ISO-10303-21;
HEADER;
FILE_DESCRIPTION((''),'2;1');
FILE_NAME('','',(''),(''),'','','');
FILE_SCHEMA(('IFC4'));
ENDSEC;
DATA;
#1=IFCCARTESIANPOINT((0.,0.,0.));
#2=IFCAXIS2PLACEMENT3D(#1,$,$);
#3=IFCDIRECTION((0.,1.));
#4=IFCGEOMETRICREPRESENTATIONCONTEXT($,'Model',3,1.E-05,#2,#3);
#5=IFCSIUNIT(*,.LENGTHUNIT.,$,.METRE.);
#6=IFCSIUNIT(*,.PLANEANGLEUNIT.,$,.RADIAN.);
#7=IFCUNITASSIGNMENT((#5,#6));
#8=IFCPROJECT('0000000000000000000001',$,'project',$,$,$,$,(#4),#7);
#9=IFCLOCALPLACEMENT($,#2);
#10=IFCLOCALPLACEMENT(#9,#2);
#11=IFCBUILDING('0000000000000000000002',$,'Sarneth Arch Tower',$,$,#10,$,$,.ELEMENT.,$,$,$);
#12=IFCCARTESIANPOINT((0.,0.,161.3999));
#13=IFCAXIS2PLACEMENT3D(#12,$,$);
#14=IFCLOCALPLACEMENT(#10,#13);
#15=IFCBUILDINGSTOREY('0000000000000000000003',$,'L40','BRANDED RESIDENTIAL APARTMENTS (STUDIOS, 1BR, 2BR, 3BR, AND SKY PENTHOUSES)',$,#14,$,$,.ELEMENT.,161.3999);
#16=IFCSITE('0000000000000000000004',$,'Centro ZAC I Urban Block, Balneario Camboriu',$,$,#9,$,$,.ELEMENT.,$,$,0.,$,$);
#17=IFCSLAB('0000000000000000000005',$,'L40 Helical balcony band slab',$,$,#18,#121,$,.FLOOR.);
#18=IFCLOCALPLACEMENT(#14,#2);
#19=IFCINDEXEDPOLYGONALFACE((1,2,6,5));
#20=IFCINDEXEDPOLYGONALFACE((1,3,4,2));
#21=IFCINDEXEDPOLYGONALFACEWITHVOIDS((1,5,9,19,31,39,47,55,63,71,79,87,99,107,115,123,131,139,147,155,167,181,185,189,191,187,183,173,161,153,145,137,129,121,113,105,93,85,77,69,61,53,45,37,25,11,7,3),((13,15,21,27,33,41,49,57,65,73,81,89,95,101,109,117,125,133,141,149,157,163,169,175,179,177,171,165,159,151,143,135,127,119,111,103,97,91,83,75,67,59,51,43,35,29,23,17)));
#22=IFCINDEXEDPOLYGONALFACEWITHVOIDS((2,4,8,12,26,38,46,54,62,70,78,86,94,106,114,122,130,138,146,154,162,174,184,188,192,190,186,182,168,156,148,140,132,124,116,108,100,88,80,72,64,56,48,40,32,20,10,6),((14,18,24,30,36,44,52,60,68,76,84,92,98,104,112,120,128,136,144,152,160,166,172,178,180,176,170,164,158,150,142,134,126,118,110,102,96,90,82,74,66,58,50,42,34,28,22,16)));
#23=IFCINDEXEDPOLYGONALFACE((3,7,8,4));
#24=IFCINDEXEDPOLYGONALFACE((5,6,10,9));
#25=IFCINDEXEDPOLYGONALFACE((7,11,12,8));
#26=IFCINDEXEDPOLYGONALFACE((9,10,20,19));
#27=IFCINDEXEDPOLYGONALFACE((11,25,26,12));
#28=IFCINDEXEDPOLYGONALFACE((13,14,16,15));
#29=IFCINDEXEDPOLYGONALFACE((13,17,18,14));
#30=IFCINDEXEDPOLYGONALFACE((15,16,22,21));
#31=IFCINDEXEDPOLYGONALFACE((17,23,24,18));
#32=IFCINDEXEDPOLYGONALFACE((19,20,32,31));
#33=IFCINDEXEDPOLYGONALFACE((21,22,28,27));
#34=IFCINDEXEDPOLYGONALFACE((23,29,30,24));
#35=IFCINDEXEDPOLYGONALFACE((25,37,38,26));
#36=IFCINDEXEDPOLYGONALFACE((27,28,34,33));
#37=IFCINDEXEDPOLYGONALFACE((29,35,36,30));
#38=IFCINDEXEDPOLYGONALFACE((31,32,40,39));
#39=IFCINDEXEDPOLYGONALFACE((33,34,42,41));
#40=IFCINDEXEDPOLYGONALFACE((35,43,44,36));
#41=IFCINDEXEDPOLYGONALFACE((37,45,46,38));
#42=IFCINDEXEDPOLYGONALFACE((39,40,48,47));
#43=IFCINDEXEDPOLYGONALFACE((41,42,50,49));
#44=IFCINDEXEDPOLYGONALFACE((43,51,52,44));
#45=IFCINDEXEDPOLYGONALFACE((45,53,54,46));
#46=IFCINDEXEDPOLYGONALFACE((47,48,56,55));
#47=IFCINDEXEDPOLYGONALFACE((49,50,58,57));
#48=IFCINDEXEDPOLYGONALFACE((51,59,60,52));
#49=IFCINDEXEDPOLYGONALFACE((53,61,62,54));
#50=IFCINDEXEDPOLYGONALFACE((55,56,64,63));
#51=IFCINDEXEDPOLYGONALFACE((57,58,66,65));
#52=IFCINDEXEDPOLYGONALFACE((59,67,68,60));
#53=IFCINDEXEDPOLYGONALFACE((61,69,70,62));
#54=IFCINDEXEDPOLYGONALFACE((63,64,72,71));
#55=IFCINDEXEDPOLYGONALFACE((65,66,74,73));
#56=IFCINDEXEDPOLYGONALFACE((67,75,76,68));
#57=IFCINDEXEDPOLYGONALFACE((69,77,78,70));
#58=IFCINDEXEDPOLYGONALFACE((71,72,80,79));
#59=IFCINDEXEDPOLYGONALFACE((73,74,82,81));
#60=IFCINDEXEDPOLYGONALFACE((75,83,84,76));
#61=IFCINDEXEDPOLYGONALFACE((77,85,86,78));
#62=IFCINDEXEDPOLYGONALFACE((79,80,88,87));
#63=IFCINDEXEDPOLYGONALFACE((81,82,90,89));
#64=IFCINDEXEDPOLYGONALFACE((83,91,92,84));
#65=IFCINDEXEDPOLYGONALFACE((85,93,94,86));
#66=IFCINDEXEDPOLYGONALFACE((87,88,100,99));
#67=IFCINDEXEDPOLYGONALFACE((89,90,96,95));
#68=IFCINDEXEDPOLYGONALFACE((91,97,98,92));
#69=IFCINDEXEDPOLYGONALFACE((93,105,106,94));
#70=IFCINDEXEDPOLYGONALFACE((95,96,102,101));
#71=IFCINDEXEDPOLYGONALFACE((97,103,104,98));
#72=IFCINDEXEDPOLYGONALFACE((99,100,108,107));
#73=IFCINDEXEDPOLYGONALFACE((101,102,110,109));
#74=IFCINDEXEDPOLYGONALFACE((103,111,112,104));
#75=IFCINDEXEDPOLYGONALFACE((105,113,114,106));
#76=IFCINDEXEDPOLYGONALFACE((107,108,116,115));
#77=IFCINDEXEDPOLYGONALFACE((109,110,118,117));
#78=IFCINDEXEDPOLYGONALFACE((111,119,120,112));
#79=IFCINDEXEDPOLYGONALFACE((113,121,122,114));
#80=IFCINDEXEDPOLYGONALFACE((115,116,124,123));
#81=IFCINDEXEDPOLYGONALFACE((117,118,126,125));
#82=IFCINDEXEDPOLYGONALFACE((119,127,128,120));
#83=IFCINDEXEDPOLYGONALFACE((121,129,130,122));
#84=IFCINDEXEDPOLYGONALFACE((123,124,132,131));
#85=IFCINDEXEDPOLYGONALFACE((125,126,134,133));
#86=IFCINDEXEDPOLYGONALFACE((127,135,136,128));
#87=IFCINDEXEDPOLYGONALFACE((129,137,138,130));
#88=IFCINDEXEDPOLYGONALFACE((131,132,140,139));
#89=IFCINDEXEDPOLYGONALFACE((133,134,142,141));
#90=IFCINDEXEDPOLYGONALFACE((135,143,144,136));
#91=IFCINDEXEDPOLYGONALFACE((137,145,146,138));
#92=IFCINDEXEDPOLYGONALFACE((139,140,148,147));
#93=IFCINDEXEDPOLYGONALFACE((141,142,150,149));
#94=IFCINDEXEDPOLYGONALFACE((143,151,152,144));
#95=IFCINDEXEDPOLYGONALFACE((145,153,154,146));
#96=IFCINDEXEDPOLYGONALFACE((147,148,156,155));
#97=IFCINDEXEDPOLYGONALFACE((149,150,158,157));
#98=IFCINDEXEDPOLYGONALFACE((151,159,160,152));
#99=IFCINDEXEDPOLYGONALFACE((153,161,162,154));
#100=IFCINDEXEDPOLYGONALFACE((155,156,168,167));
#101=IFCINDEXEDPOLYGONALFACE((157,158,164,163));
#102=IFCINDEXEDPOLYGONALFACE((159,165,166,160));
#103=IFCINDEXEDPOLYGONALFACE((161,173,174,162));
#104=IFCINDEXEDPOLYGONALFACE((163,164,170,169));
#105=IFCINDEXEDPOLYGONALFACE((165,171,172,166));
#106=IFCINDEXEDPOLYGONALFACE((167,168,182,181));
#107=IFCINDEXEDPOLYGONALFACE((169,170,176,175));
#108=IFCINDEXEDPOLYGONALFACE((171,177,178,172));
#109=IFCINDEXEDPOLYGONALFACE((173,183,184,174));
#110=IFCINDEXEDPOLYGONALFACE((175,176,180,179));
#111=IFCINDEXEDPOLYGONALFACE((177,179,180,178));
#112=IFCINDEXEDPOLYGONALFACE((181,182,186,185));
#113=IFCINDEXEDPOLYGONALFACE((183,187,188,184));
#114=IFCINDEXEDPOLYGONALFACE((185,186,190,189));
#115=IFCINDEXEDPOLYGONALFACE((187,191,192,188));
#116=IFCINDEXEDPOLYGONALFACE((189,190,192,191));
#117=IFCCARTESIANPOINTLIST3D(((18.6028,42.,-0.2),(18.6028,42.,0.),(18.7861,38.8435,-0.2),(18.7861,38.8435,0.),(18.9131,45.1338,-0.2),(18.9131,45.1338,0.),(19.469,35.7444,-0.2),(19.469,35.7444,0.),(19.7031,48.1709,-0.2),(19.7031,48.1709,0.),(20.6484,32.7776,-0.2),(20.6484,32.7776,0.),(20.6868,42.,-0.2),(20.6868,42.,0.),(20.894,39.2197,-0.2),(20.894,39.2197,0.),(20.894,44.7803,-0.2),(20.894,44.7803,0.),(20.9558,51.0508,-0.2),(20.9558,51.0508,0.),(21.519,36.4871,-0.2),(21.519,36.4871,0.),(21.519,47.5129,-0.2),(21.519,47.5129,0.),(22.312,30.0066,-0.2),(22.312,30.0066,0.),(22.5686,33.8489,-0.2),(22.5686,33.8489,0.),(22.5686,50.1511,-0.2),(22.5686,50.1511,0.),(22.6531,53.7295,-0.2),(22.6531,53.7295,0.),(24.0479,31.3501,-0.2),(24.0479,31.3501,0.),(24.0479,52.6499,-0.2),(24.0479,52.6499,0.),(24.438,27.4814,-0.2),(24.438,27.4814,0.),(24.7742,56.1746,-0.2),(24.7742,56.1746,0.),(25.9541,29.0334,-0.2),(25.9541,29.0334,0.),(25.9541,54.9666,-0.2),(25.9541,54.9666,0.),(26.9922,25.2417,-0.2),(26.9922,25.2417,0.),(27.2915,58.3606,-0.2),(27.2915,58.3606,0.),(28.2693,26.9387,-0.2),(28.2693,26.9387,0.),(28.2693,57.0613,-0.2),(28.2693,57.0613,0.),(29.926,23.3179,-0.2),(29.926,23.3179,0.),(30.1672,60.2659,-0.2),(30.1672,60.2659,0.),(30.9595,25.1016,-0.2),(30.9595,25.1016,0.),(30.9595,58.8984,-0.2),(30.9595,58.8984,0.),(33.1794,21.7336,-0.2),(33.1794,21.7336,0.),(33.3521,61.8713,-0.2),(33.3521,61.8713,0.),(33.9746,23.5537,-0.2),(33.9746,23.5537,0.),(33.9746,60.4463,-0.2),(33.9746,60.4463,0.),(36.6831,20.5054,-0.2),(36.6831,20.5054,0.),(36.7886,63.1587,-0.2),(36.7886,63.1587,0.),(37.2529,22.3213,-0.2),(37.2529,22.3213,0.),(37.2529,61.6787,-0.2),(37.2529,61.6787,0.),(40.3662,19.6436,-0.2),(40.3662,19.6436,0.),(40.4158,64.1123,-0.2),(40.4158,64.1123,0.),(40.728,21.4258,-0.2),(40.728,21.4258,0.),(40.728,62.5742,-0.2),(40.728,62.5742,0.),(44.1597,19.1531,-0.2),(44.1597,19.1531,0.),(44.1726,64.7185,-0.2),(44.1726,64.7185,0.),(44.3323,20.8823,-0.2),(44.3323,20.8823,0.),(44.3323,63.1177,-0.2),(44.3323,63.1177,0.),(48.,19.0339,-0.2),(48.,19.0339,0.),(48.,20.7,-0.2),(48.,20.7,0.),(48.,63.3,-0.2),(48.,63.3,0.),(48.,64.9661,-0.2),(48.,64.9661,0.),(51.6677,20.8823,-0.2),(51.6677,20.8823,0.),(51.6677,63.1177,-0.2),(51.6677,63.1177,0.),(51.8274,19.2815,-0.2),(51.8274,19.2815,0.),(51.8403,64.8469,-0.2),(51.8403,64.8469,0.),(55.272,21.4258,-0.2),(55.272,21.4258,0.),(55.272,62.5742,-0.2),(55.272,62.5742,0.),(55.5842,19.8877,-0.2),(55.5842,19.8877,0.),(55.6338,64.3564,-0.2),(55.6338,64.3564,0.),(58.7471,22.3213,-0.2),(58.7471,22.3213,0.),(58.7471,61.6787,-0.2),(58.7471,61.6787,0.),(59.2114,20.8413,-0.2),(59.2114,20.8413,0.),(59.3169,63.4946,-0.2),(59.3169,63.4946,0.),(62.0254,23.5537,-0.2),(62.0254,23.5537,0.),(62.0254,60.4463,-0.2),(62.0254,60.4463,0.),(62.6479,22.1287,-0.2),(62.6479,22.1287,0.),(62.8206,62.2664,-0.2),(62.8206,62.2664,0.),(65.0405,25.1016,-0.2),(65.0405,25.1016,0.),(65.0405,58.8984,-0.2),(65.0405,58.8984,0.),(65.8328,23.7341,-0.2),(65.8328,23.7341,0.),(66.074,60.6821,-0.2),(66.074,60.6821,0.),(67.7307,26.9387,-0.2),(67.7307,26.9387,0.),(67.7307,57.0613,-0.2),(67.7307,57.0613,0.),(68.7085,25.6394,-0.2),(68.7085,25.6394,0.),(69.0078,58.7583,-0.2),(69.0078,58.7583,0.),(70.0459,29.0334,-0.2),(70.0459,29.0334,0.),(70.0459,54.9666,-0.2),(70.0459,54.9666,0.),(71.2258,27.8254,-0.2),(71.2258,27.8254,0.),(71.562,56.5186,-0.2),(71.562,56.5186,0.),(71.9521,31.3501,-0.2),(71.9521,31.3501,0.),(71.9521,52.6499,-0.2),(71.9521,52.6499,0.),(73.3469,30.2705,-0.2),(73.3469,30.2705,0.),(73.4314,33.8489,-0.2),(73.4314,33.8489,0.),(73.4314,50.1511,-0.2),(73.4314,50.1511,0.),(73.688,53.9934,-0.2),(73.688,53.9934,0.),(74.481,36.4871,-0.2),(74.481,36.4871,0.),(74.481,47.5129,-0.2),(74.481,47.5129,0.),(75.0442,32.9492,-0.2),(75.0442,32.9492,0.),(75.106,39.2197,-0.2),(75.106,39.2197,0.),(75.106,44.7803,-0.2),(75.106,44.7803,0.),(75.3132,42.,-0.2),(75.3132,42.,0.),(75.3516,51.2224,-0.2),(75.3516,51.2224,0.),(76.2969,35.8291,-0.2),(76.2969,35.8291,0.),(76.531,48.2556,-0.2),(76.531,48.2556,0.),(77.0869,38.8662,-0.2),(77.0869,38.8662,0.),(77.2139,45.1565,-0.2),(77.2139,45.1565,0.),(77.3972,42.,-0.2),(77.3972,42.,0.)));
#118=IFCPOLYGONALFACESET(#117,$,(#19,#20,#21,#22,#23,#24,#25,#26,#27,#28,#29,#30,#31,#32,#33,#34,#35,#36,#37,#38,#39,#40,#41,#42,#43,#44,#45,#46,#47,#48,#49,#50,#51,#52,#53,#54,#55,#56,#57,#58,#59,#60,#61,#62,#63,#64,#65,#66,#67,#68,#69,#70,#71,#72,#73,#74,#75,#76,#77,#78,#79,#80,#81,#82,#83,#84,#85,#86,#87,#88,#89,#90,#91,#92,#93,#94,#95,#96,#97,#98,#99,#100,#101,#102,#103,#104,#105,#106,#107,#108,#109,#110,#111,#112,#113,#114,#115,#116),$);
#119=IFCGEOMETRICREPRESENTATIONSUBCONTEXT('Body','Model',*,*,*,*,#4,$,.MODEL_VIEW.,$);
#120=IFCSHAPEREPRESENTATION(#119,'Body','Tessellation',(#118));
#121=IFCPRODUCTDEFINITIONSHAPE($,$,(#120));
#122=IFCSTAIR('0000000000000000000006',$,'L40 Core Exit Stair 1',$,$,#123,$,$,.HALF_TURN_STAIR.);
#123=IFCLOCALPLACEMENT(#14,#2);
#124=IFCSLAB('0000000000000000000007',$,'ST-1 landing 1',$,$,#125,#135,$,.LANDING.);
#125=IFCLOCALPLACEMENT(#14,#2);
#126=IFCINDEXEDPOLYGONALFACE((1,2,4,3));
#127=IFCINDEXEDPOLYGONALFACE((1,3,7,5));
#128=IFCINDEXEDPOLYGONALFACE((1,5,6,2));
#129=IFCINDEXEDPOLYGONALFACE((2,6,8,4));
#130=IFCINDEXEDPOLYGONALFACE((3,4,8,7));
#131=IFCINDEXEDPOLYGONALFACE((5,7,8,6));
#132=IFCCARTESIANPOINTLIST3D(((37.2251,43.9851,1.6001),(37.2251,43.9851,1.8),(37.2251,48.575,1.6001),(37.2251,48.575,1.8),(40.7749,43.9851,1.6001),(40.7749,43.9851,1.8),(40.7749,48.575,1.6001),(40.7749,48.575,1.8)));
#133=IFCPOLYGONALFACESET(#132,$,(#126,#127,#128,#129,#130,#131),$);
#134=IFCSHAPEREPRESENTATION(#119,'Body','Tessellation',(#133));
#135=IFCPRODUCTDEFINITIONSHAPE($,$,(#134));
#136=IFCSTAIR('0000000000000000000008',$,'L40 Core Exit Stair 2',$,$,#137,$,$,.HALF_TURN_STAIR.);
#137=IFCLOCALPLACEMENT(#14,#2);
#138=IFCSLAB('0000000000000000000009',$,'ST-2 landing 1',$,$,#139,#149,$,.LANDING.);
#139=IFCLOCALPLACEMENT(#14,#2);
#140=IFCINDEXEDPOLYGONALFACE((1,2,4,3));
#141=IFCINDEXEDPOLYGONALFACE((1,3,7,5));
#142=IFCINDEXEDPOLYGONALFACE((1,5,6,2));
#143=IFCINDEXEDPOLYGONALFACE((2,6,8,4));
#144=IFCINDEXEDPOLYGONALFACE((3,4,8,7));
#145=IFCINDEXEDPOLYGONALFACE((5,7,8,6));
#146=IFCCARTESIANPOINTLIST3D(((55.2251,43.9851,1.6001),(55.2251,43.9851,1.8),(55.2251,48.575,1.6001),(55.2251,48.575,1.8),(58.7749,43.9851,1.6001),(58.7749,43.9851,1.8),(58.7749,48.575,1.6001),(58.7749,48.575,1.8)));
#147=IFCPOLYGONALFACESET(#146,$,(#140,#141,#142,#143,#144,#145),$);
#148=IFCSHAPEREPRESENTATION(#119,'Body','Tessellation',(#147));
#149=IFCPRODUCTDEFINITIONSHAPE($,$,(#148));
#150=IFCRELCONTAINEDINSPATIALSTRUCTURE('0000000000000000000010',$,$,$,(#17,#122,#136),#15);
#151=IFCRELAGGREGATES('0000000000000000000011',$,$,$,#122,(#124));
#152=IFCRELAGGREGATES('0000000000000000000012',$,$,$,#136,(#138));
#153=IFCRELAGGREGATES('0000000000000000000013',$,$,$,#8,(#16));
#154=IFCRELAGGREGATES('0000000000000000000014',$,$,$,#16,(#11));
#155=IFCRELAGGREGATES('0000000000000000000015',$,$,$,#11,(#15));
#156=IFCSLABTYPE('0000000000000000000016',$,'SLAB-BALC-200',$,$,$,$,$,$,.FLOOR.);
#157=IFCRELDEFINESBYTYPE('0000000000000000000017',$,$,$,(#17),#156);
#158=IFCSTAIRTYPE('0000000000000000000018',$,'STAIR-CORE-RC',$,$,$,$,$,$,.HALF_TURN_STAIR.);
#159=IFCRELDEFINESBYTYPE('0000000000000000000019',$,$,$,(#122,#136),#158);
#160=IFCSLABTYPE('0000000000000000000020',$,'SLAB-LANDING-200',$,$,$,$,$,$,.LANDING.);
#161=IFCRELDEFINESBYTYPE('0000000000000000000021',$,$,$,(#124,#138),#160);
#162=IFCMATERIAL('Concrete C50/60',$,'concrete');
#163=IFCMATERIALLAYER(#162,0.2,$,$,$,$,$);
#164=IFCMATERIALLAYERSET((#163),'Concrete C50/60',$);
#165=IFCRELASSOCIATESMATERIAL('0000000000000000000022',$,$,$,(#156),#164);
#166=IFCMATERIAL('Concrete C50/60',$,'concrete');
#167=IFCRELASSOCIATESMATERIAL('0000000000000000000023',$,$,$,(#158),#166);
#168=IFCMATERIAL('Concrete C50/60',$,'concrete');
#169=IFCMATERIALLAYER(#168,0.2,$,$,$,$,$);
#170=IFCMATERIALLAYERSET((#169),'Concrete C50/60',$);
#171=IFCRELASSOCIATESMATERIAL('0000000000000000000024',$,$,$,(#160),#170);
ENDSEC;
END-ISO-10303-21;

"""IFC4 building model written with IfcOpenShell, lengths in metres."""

from ifc_helpers import new_model, si_unit, direction, frame, origin, place, context, subcontext, project, spatial, polyline, outline, extrude, material, layer, layer_set, type_object, element, aggregate, save


model = new_model("IFC4")

# Units and contexts
model_context = context("Model", 3, precision=1e-05, world=origin(), true_north=direction((0.0, 1.0)))
body_context = subcontext(model_context, "Body", "Model", "MODEL_VIEW")
ifc_project = project(units=[si_unit("LENGTHUNIT", "METRE"), si_unit("PLANEANGLEUNIT", "RADIAN")], contexts=[model_context])

# Site, building, storey
site_placement = place(None, origin())
site = spatial("IfcSite", under=ifc_project, at=site_placement, Name="Centro ZAC I Urban Block, Balneario Camboriu", CompositionType="ELEMENT", RefElevation=0.0)
building_placement = place(site_placement, origin())
building = spatial("IfcBuilding", under=site, at=building_placement, Name="Sarneth Arch Tower", CompositionType="ELEMENT")
storey_placement = place(building_placement, frame((0.0, 0.0, 161.3999)))
storey = spatial("IfcBuildingStorey", under=building, at=storey_placement, Name="L40", Description="BRANDED RESIDENTIAL APARTMENTS (STUDIOS, 1BR, 2BR, 3BR, AND SKY PENTHOUSES)", CompositionType="ELEMENT", Elevation=161.3999)

# Slab
ifc_material_1 = material(Name="Concrete C50/60", Category="concrete")
ifc_layer_1 = layer(ifc_material_1, 0.2)
ifc_layer_set_1 = layer_set([ifc_layer_1], Name="Concrete C50/60")
slab_type_1 = type_object("IfcSlabType", Name="SLAB-BALC-200", PredefinedType="FLOOR", material=ifc_layer_set_1)
slab_1_placement = place(storey_placement, frame((0.0, 0.0, -0.2)))
element("IfcSlab", 1, at=slab_1_placement, inside=storey, type_object=slab_type_1, Name="L40 Helical balcony band slab", PredefinedType="FLOOR", context=body_context, shape_type="SweptSolid", body=[
    extrude(outline(polyline([(77.3972, 42.0), (77.2139, 45.1565), (76.531, 48.2556), (75.3516, 51.2224), (73.688, 53.9934), (71.562, 56.5186), (69.0078, 58.7583), (66.074, 60.6821), (62.8206, 62.2664), (59.3169, 63.4946), (55.6338, 64.3564), (51.8403, 64.8469), (48.0, 64.9661), (44.1726, 64.7185), (40.4158, 64.1123), (36.7886, 63.1587), (33.3521, 61.8713), (30.1672, 60.2659), (27.2915, 58.3606), (24.7742, 56.1746), (22.6531, 53.7295), (20.9558, 51.0508), (19.7031, 48.1709), (18.9131, 45.1338), (18.6028, 42.0), (18.7861, 38.8435), (19.469, 35.7444), (20.6484, 32.7776), (22.312, 30.0066), (24.438, 27.4814), (26.9922, 25.2417), (29.926, 23.3179), (33.1794, 21.7336), (36.6831, 20.5054), (40.3662, 19.6436), (44.1597, 19.1531), (48.0, 19.0339), (51.8274, 19.2815), (55.5842, 19.8877), (59.2114, 20.8413), (62.6479, 22.1287), (65.8328, 23.7341), (68.7085, 25.6394), (71.2258, 27.8254), (73.3469, 30.2705), (75.0442, 32.9492), (76.2969, 35.8291), (77.0869, 38.8662), (77.3972, 42.0)]), holes=[polyline([(75.3132, 42.0), (75.106, 44.7803), (74.481, 47.5129), (73.4314, 50.1511), (71.9521, 52.6499), (70.0459, 54.9666), (67.7307, 57.0613), (65.0405, 58.8984), (62.0254, 60.4463), (58.7471, 61.6787), (55.272, 62.5742), (51.6677, 63.1177), (48.0, 63.3), (44.3323, 63.1177), (40.728, 62.5742), (37.2529, 61.6787), (33.9746, 60.4463), (30.9595, 58.8984), (28.2693, 57.0613), (25.9541, 54.9666), (24.0479, 52.6499), (22.5686, 50.1511), (21.519, 47.5129), (20.894, 44.7803), (20.6868, 42.0), (20.894, 39.2197), (21.519, 36.4871), (22.5686, 33.8489), (24.0479, 31.3501), (25.9541, 29.0334), (28.2693, 26.9387), (30.9595, 25.1016), (33.9746, 23.5537), (37.2529, 22.3213), (40.728, 21.4258), (44.3323, 20.8823), (48.0, 20.7), (51.6677, 20.8823), (55.272, 21.4258), (58.7471, 22.3213), (62.0254, 23.5537), (65.0405, 25.1016), (67.7307, 26.9387), (70.0459, 29.0334), (71.9521, 31.3501), (73.4314, 33.8489), (74.481, 36.4871), (75.106, 39.2197), (75.3132, 42.0)])]), origin(), (0.0, 0.0, 1.0), 0.2),
])

# Stairs, slabs
ifc_material_2 = material(Name="Concrete C50/60", Category="concrete")
stair_type = type_object("IfcStairType", Name="STAIR-CORE-RC", PredefinedType="HALF_TURN_STAIR", material=ifc_material_2)
stair_1_placement = place(storey_placement, origin())
stair_1 = element("IfcStair", 2, at=stair_1_placement, inside=storey, type_object=stair_type, Name="L40 Core Exit Stair 1", PredefinedType="HALF_TURN_STAIR")
ifc_material_3 = material(Name="Concrete C50/60", Category="concrete")
ifc_layer_2 = layer(ifc_material_3, 0.2)
ifc_layer_set_2 = layer_set([ifc_layer_2], Name="Concrete C50/60")
slab_type_2 = type_object("IfcSlabType", Name="SLAB-LANDING-200", PredefinedType="LANDING", material=ifc_layer_set_2)
slab_2_placement = place(storey_placement, frame((0.0, 0.0, 1.6001)))
slab_2 = element("IfcSlab", 3, at=slab_2_placement, type_object=slab_type_2, Name="ST-1 landing 1", PredefinedType="LANDING", context=body_context, shape_type="SweptSolid", body=[
    extrude(outline(polyline([(37.2251, 43.9851), (40.7749, 43.9851), (40.7749, 48.575), (37.2251, 48.575), (37.2251, 43.9851)])), origin(), (0.0, 0.0, 1.0), 0.2),
])
aggregate(stair_1, [slab_2])
stair_2_placement = place(storey_placement, origin())
stair_2 = element("IfcStair", 4, at=stair_2_placement, inside=storey, type_object=stair_type, Name="L40 Core Exit Stair 2", PredefinedType="HALF_TURN_STAIR")
slab_3_placement = place(storey_placement, frame((0.0, 0.0, 1.6001)))
slab_3 = element("IfcSlab", 5, at=slab_3_placement, type_object=slab_type_2, Name="ST-2 landing 1", PredefinedType="LANDING", context=body_context, shape_type="SweptSolid", body=[
    extrude(outline(polyline([(55.2251, 43.9851), (58.7749, 43.9851), (58.7749, 48.575), (55.2251, 48.575), (55.2251, 43.9851)])), origin(), (0.0, 0.0, 1.0), 0.2),
])
aggregate(stair_2, [slab_3])

save(model, "model.ifc")
